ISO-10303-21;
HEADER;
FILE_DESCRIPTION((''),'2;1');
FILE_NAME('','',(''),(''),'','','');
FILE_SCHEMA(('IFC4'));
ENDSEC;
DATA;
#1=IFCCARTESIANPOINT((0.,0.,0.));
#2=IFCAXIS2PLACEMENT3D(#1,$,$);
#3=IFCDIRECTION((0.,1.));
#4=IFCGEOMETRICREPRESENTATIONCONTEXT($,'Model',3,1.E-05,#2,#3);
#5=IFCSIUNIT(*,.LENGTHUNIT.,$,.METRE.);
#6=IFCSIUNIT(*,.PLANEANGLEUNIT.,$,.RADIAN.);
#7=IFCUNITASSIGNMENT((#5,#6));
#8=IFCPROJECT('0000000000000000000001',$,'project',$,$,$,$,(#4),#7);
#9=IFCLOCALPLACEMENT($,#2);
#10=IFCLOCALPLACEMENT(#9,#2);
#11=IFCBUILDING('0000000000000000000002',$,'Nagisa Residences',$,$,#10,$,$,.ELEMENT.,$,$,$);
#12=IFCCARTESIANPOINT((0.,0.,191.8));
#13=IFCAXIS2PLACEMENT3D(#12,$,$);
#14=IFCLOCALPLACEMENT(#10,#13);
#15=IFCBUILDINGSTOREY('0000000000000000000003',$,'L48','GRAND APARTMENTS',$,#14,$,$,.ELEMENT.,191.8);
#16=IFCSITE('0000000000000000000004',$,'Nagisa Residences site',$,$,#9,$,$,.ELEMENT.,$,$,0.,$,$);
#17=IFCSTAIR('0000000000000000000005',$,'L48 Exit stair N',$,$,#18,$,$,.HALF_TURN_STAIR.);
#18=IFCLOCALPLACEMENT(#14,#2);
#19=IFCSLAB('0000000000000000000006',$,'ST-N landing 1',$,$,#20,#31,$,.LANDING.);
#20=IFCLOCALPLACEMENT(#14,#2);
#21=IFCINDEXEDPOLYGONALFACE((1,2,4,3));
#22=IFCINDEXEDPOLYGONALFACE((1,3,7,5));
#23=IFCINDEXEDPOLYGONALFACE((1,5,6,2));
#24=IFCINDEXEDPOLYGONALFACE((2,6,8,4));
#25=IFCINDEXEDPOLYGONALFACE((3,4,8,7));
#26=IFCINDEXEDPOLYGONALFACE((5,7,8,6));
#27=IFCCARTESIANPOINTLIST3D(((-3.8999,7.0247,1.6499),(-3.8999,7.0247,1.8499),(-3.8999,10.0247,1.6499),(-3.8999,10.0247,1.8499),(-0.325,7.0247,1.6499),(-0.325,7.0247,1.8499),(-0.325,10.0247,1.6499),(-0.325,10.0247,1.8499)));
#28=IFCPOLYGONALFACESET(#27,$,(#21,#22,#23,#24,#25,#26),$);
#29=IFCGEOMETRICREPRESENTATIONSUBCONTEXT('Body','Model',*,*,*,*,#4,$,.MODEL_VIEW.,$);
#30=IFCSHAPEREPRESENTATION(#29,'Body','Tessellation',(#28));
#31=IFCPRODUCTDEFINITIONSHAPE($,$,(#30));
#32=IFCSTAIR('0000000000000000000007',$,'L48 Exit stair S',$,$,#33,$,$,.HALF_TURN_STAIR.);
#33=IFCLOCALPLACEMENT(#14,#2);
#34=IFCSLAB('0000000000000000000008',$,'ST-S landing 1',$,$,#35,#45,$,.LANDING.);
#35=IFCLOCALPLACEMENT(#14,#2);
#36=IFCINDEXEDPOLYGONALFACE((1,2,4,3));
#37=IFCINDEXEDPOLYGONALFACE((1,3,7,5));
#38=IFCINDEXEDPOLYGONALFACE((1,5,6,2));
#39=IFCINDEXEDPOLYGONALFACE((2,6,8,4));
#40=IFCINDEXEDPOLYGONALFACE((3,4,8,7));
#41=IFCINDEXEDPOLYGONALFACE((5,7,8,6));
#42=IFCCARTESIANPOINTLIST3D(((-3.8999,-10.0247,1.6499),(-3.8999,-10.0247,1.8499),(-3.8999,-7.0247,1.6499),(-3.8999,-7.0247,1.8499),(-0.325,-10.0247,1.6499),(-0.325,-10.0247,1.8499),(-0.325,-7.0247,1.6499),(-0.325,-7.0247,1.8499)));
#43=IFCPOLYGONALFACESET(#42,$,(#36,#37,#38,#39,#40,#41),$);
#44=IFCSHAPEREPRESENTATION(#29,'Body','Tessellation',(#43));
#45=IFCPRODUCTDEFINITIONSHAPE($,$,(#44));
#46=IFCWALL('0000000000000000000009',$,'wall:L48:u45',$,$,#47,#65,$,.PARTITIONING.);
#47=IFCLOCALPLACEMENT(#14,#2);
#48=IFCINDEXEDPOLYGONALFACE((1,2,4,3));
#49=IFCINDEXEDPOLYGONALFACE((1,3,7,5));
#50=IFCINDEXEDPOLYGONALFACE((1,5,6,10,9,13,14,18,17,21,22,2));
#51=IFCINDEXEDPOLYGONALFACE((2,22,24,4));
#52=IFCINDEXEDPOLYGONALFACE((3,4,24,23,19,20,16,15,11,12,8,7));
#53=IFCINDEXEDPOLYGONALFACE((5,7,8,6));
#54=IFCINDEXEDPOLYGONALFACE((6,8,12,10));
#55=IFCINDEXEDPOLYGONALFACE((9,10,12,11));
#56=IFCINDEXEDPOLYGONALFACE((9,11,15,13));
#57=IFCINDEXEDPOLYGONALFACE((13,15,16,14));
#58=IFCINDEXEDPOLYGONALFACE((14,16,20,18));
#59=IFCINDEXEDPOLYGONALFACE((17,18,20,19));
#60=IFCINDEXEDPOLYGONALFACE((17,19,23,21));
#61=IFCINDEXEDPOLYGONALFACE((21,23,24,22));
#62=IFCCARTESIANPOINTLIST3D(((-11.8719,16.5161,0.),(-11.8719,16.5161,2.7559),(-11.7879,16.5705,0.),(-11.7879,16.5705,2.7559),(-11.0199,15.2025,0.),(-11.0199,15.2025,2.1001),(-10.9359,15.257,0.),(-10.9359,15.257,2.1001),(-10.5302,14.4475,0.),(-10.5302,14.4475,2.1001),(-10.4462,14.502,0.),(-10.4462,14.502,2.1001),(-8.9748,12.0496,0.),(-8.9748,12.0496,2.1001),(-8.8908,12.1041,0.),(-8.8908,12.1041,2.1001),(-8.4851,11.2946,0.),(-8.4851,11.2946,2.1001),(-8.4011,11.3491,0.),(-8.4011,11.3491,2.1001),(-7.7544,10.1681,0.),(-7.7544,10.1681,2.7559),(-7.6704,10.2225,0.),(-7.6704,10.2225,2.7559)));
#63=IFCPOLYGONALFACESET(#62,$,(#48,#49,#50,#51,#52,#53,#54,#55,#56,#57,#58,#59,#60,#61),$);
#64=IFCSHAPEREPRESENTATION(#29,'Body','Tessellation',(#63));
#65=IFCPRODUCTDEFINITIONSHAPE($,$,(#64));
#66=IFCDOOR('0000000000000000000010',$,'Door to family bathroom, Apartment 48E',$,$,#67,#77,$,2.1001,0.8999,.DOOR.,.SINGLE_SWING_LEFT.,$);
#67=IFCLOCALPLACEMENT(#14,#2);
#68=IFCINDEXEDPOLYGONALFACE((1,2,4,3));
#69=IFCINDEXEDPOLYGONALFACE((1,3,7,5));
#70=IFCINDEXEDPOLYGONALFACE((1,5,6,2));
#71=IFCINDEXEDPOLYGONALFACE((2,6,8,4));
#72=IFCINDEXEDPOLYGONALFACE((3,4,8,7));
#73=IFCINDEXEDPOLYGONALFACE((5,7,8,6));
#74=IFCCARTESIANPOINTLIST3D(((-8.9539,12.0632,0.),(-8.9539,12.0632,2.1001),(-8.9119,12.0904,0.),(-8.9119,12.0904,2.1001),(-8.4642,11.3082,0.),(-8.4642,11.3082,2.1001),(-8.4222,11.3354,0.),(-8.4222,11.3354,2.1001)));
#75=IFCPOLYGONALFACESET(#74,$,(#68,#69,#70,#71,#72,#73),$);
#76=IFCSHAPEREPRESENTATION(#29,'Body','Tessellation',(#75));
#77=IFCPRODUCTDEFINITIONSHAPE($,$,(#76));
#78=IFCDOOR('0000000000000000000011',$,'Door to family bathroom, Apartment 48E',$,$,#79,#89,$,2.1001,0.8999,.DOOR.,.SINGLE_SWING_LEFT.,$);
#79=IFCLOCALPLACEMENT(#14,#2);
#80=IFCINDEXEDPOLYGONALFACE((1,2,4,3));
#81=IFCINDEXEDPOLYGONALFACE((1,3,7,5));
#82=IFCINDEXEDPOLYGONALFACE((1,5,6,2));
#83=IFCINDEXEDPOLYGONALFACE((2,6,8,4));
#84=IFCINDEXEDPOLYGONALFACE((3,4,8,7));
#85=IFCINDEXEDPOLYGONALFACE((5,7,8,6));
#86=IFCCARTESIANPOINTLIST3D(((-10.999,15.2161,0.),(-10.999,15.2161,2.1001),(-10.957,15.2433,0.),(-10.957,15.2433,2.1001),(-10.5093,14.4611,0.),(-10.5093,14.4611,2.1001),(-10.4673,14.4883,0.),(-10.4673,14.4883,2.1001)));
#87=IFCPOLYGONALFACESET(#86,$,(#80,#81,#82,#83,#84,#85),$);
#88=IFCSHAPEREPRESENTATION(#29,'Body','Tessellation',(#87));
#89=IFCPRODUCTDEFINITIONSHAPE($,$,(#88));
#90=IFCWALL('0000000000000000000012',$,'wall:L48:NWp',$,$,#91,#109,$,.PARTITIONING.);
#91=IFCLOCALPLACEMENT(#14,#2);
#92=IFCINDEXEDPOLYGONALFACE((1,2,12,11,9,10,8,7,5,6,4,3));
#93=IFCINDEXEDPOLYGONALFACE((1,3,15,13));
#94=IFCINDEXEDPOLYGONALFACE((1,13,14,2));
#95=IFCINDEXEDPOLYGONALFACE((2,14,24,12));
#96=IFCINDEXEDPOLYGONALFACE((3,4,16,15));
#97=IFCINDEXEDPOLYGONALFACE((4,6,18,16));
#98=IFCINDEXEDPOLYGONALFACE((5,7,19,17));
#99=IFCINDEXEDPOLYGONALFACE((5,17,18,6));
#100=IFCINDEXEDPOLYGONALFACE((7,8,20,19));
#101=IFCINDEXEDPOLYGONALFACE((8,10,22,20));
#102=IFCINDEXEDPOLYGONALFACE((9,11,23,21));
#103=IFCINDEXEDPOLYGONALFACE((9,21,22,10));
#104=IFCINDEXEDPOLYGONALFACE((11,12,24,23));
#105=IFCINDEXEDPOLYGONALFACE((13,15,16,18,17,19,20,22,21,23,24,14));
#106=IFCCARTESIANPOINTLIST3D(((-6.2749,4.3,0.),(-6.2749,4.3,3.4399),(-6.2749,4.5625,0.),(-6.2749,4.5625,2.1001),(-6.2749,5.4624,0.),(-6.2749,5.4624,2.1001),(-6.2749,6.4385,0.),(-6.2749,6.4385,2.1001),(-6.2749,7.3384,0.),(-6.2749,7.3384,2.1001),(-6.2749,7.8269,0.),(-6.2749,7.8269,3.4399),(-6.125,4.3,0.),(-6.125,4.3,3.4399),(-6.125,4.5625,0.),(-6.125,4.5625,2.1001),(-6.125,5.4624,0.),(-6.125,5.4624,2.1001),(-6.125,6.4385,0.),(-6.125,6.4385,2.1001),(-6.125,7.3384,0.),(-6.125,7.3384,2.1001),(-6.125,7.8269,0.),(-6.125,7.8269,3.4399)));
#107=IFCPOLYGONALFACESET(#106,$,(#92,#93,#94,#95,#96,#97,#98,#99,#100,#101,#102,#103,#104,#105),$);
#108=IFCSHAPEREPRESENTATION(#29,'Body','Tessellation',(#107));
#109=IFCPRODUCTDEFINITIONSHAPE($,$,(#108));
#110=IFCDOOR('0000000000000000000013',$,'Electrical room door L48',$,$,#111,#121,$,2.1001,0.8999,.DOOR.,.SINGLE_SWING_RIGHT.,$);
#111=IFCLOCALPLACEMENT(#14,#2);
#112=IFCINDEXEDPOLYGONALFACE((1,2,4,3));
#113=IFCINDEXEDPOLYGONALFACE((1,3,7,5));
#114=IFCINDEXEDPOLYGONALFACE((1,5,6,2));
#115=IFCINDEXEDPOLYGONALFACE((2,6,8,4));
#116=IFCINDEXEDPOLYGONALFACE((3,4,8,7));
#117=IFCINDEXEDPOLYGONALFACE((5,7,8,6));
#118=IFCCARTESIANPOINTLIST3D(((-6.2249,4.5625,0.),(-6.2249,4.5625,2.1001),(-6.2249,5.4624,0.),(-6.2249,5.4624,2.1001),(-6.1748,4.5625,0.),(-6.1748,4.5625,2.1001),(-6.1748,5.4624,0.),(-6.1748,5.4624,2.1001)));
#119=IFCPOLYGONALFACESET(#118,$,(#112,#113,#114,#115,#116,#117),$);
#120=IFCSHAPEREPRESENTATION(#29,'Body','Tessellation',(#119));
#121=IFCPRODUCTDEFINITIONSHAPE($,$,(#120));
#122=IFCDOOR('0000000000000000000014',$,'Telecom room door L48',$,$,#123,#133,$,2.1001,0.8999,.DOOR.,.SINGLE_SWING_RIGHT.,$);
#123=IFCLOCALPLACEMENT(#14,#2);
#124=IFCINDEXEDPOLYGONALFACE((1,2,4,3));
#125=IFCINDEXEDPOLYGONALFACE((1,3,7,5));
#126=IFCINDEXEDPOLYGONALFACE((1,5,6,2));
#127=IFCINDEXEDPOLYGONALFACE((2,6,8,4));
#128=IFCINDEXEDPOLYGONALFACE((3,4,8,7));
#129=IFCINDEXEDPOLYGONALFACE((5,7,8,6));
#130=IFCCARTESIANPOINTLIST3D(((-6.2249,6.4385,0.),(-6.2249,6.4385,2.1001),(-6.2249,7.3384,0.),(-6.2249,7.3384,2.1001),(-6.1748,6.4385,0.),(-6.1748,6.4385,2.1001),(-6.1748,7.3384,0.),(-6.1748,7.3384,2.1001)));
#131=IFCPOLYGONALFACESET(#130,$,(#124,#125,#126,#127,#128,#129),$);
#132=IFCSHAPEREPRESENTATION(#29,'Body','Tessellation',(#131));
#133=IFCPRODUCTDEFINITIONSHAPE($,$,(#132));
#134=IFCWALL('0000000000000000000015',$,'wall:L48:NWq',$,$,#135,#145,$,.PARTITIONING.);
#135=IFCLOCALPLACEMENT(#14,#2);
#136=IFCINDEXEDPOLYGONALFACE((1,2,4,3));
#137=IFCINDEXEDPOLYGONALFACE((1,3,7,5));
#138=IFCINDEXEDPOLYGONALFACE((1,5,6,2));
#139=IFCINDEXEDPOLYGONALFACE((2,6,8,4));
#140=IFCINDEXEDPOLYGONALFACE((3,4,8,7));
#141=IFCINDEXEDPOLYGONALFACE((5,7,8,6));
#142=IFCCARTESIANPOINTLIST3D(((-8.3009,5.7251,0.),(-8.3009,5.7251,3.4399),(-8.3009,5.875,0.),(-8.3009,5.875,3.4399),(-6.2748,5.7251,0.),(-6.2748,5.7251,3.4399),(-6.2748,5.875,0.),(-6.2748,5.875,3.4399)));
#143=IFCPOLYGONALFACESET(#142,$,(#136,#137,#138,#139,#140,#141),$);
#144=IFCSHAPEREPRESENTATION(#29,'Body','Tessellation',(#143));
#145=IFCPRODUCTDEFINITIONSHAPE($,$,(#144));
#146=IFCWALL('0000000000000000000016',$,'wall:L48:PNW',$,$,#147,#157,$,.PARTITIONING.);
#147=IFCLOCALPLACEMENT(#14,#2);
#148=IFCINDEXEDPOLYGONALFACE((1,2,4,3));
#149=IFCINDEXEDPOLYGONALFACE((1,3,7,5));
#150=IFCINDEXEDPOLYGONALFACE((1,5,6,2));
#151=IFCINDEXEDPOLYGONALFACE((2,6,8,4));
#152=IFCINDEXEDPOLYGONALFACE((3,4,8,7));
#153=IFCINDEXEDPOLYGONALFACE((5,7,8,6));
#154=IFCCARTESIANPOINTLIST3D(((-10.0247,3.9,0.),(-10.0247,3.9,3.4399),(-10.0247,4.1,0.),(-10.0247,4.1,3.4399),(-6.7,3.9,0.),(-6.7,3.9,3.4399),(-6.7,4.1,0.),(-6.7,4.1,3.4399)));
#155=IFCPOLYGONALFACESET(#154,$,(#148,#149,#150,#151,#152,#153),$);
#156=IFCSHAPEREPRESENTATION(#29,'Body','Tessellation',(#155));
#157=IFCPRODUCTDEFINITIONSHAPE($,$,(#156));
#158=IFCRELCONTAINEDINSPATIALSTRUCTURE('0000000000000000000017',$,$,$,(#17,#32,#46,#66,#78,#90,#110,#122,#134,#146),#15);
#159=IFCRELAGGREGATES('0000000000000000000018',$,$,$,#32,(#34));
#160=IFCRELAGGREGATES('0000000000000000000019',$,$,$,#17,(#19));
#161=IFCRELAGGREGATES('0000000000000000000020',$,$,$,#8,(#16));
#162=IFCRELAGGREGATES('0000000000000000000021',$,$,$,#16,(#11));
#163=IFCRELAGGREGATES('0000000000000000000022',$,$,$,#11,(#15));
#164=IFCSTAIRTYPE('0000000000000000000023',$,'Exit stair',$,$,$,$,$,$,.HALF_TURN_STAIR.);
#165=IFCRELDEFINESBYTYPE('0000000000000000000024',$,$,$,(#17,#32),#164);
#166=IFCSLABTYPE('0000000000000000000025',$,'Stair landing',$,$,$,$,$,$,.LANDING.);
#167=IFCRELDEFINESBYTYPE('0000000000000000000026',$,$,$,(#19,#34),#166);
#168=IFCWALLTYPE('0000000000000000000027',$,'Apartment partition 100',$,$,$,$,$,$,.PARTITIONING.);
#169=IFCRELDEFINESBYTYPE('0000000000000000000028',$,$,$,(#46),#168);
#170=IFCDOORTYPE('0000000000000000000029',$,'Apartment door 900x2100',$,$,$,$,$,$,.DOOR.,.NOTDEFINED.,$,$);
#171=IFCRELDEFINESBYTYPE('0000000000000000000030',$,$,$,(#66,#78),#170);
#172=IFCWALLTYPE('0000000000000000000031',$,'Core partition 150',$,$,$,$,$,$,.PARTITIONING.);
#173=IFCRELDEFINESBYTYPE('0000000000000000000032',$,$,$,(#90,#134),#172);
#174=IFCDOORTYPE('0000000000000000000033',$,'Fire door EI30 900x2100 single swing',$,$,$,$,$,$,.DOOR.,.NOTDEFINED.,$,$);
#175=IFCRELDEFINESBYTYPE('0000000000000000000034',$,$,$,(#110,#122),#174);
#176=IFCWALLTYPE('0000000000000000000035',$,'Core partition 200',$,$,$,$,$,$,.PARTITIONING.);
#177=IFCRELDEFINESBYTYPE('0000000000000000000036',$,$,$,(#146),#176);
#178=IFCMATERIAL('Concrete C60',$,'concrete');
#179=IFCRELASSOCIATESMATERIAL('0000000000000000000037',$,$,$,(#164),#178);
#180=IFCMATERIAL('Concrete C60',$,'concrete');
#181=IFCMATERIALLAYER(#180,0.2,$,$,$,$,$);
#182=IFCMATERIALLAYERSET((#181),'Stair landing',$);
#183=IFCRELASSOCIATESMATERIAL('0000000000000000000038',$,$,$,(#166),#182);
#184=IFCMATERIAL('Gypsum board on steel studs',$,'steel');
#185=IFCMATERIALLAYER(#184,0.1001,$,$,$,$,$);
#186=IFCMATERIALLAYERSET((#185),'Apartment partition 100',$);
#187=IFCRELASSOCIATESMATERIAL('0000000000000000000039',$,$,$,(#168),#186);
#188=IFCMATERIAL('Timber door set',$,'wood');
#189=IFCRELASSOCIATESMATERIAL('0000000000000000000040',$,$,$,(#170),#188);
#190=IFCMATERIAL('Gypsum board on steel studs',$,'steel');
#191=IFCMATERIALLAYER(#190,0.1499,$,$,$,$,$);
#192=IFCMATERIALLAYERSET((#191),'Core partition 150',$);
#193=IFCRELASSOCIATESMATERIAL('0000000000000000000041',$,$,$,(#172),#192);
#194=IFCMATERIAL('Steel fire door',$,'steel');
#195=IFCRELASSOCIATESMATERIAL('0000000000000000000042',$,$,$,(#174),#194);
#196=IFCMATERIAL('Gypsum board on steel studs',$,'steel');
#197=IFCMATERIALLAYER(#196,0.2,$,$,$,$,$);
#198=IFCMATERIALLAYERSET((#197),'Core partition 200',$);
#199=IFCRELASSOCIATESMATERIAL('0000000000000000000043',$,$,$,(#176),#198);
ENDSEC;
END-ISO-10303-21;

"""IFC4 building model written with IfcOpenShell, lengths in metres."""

from ifc_helpers import new_model, si_unit, direction, frame, frame_2d, origin, place, context, subcontext, project, spatial, polyline, rectangle, outline, extrude, material, layer, layer_set, type_object, element, fill, aggregate, save


model = new_model("IFC4")

# Units and contexts
model_context = context("Model", 3, precision=1e-05, world=origin(), true_north=direction((0.0, 1.0)))
body_context = subcontext(model_context, "Body", "Model", "MODEL_VIEW")
ifc_project = project(units=[si_unit("LENGTHUNIT", "METRE"), si_unit("PLANEANGLEUNIT", "RADIAN")], contexts=[model_context])

# Site, building, storey
site_placement = place(None, origin())
site = spatial("IfcSite", under=ifc_project, at=site_placement, Name="Nagisa Residences site", CompositionType="ELEMENT", RefElevation=0.0)
building_placement = place(site_placement, origin())
building = spatial("IfcBuilding", under=site, at=building_placement, Name="Nagisa Residences", CompositionType="ELEMENT")
storey_placement = place(building_placement, frame((0.0, 0.0, 191.8)))
storey = spatial("IfcBuildingStorey", under=building, at=storey_placement, Name="L48", Description="GRAND APARTMENTS", CompositionType="ELEMENT", Elevation=191.8)

# Stairs, slabs
ifc_material_1 = material(Name="Concrete C60", Category="concrete")
stair_type = type_object("IfcStairType", Name="Exit stair", PredefinedType="HALF_TURN_STAIR", material=ifc_material_1)
stair_1_placement = place(storey_placement, origin())
stair_1 = element("IfcStair", 1, at=stair_1_placement, inside=storey, type_object=stair_type, Name="L48 Exit stair N", PredefinedType="HALF_TURN_STAIR")
ifc_material_2 = material(Name="Concrete C60", Category="concrete")
ifc_layer_1 = layer(ifc_material_2, 0.2)
ifc_layer_set_1 = layer_set([ifc_layer_1], Name="Stair landing")
slab_type = type_object("IfcSlabType", Name="Stair landing", PredefinedType="LANDING", material=ifc_layer_set_1)
slab_1_placement = place(storey_placement, frame((0.0, 0.0, 1.6499)))
slab_1 = element("IfcSlab", 2, at=slab_1_placement, type_object=slab_type, Name="ST-N landing 1", PredefinedType="LANDING", context=body_context, shape_type="SweptSolid", body=[
    extrude(outline(polyline([(-0.325, 10.0247), (-3.8999, 10.0247), (-3.8999, 7.0247), (-0.325, 7.0247), (-0.325, 10.0247)])), origin(), (0.0, 0.0, 1.0), 0.2),
])
stair_2_placement = place(storey_placement, origin())
stair_2 = element("IfcStair", 3, at=stair_2_placement, inside=storey, type_object=stair_type, Name="L48 Exit stair S", PredefinedType="HALF_TURN_STAIR")
slab_2_placement = place(storey_placement, frame((0.0, 0.0, 1.6499)))
slab_2 = element("IfcSlab", 4, at=slab_2_placement, type_object=slab_type, Name="ST-S landing 1", PredefinedType="LANDING", context=body_context, shape_type="SweptSolid", body=[
    extrude(outline(polyline([(-0.325, -7.0247), (-3.8999, -7.0247), (-3.8999, -10.0247), (-0.325, -10.0247), (-0.325, -7.0247)])), origin(), (0.0, 0.0, 1.0), 0.2),
])
aggregate(stair_2, [slab_2])

# Walls, openings, doors
ifc_material_3 = material(Name="Gypsum board on steel studs", Category="steel")
ifc_layer_2 = layer(ifc_material_3, 0.1001)
ifc_layer_set_2 = layer_set([ifc_layer_2], Name="Apartment partition 100")
wall_type_1 = type_object("IfcWallType", Name="Apartment partition 100", PredefinedType="PARTITIONING", material=ifc_layer_set_2)
wall_1_placement = place(storey_placement, frame((-7.7124, 10.1953, 0.0), z_axis=(0.0, 0.0, 1.0), x_axis=(-0.544179, 0.838969, 0.0)))
wall_1 = element("IfcWall", 5, at=wall_1_placement, inside=storey, type_object=wall_type_1, Name="wall:L48:u45", PredefinedType="PARTITIONING", context=body_context, shape_type="SweptSolid", body=[
    extrude(rectangle(XDim=7.5664, YDim=0.1001, at=frame_2d((3.7832, 0.0))), origin(), (0.0, 0.0, 1.0), 2.7559),
])
opening_1_placement = place(wall_1_placement, frame((1.3428, 0.0, 0.0)))
opening_1 = element("IfcOpeningElement", 6, at=opening_1_placement, cuts=wall_1, PredefinedType="OPENING", context=body_context, shape_type="SweptSolid", body=[
    extrude(rectangle(XDim=0.8999, YDim=2.1001, at=frame_2d((0.45, 1.05))), frame((0.0, 0.0601, 0.0), z_axis=(0.0, -1.0, 0.0), x_axis=(1.0, 0.0, 0.0)), (0.0, 0.0, 1.0), 0.1201),
])
opening_2_placement = place(wall_1_placement, frame((5.1008, 0.0, 0.0)))
opening_2 = element("IfcOpeningElement", 7, at=opening_2_placement, cuts=wall_1, PredefinedType="OPENING", context=body_context, shape_type="SweptSolid", body=[
    extrude(rectangle(XDim=0.8999, YDim=2.1001, at=frame_2d((0.45, 1.05))), frame((0.0, 0.0601, 0.0), z_axis=(0.0, -1.0, 0.0), x_axis=(1.0, 0.0, 0.0)), (0.0, 0.0, 1.0), 0.1201),
])
ifc_material_4 = material(Name="Timber door set", Category="wood")
door_type_1 = type_object("IfcDoorType", Name="Apartment door 900x2100", OperationType="NOTDEFINED", PredefinedType="DOOR", material=ifc_material_4)
door_1_placement = place(opening_1_placement, frame((0.8999, 0.0, 0.0), x_axis=(-1.0, 0.0, 0.0)))
door_1 = element("IfcDoor", 8, at=door_1_placement, inside=storey, type_object=door_type_1, Name="Door to family bathroom, Apartment 48E", OperationType="SINGLE_SWING_LEFT", OverallHeight=2.1001, OverallWidth=0.8999, PredefinedType="DOOR", context=body_context, shape_type="SweptSolid", body=[
    extrude(rectangle(XDim=0.8999, YDim=2.1001, at=frame_2d((0.45, 1.05))), frame((0.0, 0.0249, 0.0), z_axis=(0.0, -1.0, 0.0), x_axis=(1.0, 0.0, 0.0)), (0.0, 0.0, 1.0), 0.05),
])
fill(opening_1, door_1)
door_2_placement = place(opening_2_placement, frame((0.8999, 0.0, 0.0), x_axis=(-1.0, 0.0, 0.0)))
door_2 = element("IfcDoor", 9, at=door_2_placement, inside=storey, type_object=door_type_1, Name="Door to family bathroom, Apartment 48E", OperationType="SINGLE_SWING_LEFT", OverallHeight=2.1001, OverallWidth=0.8999, PredefinedType="DOOR", context=body_context, shape_type="SweptSolid", body=[
    extrude(rectangle(XDim=0.8999, YDim=2.1001, at=frame_2d((0.45, 1.05))), frame((0.0, 0.0249, 0.0), z_axis=(0.0, -1.0, 0.0), x_axis=(1.0, 0.0, 0.0)), (0.0, 0.0, 1.0), 0.05),
])
fill(opening_2, door_2)
ifc_material_5 = material(Name="Gypsum board on steel studs", Category="steel")
ifc_layer_3 = layer(ifc_material_5, 0.1499)
ifc_layer_set_3 = layer_set([ifc_layer_3], Name="Core partition 150")
wall_type_2 = type_object("IfcWallType", Name="Core partition 150", PredefinedType="PARTITIONING", material=ifc_layer_set_3)
wall_2_placement = place(storey_placement, frame((-6.2, 4.3, 0.0), z_axis=(0.0, 0.0, 1.0), x_axis=(0.0, 1.0, 0.0)))
wall_2 = element("IfcWall", 10, at=wall_2_placement, inside=storey, type_object=wall_type_2, Name="wall:L48:NWp", PredefinedType="PARTITIONING", context=body_context, shape_type="SweptSolid", body=[
    extrude(rectangle(XDim=3.5269, YDim=0.1499, at=frame_2d((1.7634, 0.0))), origin(), (0.0, 0.0, 1.0), 3.4399),
])
opening_3_placement = place(wall_2_placement, frame((0.2625, 0.0, 0.0)))
opening_3 = element("IfcOpeningElement", 11, at=opening_3_placement, cuts=wall_2, PredefinedType="OPENING", context=body_context, shape_type="SweptSolid", body=[
    extrude(rectangle(XDim=0.8999, YDim=2.1001, at=frame_2d((0.45, 1.05))), frame((0.0, 0.085, 0.0), z_axis=(0.0, -1.0, 0.0), x_axis=(1.0, 0.0, 0.0)), (0.0, 0.0, 1.0), 0.1699),
])
opening_4_placement = place(wall_2_placement, frame((2.1384, 0.0, 0.0)))
opening_4 = element("IfcOpeningElement", 12, at=opening_4_placement, cuts=wall_2, PredefinedType="OPENING", context=body_context, shape_type="SweptSolid", body=[
    extrude(rectangle(XDim=0.8999, YDim=2.1001, at=frame_2d((0.45, 1.05))), frame((0.0, 0.085, 0.0), z_axis=(0.0, -1.0, 0.0), x_axis=(1.0, 0.0, 0.0)), (0.0, 0.0, 1.0), 0.1699),
])
ifc_material_6 = material(Name="Steel fire door", Category="steel")
door_type_2 = type_object("IfcDoorType", Name="Fire door EI30 900x2100 single swing", OperationType="NOTDEFINED", PredefinedType="DOOR", material=ifc_material_6)
door_3_placement = place(opening_3_placement, origin())
door_3 = element("IfcDoor", 13, at=door_3_placement, inside=storey, type_object=door_type_2, Name="Electrical room door L48", OperationType="SINGLE_SWING_RIGHT", OverallHeight=2.1001, OverallWidth=0.8999, PredefinedType="DOOR", context=body_context, shape_type="SweptSolid", body=[
    extrude(rectangle(XDim=0.8999, YDim=2.1001, at=frame_2d((0.45, 1.05))), frame((0.0, 0.0249, 0.0), z_axis=(0.0, -1.0, 0.0), x_axis=(1.0, 0.0, 0.0)), (0.0, 0.0, 1.0), 0.05),
])
fill(opening_3, door_3)
door_4_placement = place(opening_4_placement, origin())
door_4 = element("IfcDoor", 14, at=door_4_placement, inside=storey, type_object=door_type_2, Name="Telecom room door L48", OperationType="SINGLE_SWING_RIGHT", OverallHeight=2.1001, OverallWidth=0.8999, PredefinedType="DOOR", context=body_context, shape_type="SweptSolid", body=[
    extrude(rectangle(XDim=0.8999, YDim=2.1001, at=frame_2d((0.45, 1.05))), frame((0.0, 0.0249, 0.0), z_axis=(0.0, -1.0, 0.0), x_axis=(1.0, 0.0, 0.0)), (0.0, 0.0, 1.0), 0.05),
])
fill(opening_4, door_4)

# Walls
wall_3_placement = place(storey_placement, frame((-8.301, 5.8, 0.0), z_axis=(0.0, 0.0, 1.0), x_axis=(1.0, 0.0, 0.0)))
element("IfcWall", 15, at=wall_3_placement, inside=storey, type_object=wall_type_2, Name="wall:L48:NWq", PredefinedType="PARTITIONING", context=body_context, shape_type="SweptSolid", body=[
    extrude(rectangle(XDim=2.0261, YDim=0.1499, at=frame_2d((1.0132, 0.0))), origin(), (0.0, 0.0, 1.0), 3.4399),
])
ifc_material_7 = material(Name="Gypsum board on steel studs", Category="steel")
ifc_layer_4 = layer(ifc_material_7, 0.2)
ifc_layer_set_4 = layer_set([ifc_layer_4], Name="Core partition 200")
wall_type_3 = type_object("IfcWallType", Name="Core partition 200", PredefinedType="PARTITIONING", material=ifc_layer_set_4)
wall_4_placement = place(storey_placement, frame((-10.0247, 4.0, 0.0), z_axis=(0.0, 0.0, 1.0), x_axis=(1.0, 0.0, 0.0)))
element("IfcWall", 16, at=wall_4_placement, inside=storey, type_object=wall_type_3, Name="wall:L48:PNW", PredefinedType="PARTITIONING", context=body_context, shape_type="SweptSolid", body=[
    extrude(rectangle(XDim=3.3247, YDim=0.2, at=frame_2d((1.6624, 0.0))), origin(), (0.0, 0.0, 1.0), 3.4399),
])

aggregate(stair_1, [slab_1])

save(model, "model.ifc")
